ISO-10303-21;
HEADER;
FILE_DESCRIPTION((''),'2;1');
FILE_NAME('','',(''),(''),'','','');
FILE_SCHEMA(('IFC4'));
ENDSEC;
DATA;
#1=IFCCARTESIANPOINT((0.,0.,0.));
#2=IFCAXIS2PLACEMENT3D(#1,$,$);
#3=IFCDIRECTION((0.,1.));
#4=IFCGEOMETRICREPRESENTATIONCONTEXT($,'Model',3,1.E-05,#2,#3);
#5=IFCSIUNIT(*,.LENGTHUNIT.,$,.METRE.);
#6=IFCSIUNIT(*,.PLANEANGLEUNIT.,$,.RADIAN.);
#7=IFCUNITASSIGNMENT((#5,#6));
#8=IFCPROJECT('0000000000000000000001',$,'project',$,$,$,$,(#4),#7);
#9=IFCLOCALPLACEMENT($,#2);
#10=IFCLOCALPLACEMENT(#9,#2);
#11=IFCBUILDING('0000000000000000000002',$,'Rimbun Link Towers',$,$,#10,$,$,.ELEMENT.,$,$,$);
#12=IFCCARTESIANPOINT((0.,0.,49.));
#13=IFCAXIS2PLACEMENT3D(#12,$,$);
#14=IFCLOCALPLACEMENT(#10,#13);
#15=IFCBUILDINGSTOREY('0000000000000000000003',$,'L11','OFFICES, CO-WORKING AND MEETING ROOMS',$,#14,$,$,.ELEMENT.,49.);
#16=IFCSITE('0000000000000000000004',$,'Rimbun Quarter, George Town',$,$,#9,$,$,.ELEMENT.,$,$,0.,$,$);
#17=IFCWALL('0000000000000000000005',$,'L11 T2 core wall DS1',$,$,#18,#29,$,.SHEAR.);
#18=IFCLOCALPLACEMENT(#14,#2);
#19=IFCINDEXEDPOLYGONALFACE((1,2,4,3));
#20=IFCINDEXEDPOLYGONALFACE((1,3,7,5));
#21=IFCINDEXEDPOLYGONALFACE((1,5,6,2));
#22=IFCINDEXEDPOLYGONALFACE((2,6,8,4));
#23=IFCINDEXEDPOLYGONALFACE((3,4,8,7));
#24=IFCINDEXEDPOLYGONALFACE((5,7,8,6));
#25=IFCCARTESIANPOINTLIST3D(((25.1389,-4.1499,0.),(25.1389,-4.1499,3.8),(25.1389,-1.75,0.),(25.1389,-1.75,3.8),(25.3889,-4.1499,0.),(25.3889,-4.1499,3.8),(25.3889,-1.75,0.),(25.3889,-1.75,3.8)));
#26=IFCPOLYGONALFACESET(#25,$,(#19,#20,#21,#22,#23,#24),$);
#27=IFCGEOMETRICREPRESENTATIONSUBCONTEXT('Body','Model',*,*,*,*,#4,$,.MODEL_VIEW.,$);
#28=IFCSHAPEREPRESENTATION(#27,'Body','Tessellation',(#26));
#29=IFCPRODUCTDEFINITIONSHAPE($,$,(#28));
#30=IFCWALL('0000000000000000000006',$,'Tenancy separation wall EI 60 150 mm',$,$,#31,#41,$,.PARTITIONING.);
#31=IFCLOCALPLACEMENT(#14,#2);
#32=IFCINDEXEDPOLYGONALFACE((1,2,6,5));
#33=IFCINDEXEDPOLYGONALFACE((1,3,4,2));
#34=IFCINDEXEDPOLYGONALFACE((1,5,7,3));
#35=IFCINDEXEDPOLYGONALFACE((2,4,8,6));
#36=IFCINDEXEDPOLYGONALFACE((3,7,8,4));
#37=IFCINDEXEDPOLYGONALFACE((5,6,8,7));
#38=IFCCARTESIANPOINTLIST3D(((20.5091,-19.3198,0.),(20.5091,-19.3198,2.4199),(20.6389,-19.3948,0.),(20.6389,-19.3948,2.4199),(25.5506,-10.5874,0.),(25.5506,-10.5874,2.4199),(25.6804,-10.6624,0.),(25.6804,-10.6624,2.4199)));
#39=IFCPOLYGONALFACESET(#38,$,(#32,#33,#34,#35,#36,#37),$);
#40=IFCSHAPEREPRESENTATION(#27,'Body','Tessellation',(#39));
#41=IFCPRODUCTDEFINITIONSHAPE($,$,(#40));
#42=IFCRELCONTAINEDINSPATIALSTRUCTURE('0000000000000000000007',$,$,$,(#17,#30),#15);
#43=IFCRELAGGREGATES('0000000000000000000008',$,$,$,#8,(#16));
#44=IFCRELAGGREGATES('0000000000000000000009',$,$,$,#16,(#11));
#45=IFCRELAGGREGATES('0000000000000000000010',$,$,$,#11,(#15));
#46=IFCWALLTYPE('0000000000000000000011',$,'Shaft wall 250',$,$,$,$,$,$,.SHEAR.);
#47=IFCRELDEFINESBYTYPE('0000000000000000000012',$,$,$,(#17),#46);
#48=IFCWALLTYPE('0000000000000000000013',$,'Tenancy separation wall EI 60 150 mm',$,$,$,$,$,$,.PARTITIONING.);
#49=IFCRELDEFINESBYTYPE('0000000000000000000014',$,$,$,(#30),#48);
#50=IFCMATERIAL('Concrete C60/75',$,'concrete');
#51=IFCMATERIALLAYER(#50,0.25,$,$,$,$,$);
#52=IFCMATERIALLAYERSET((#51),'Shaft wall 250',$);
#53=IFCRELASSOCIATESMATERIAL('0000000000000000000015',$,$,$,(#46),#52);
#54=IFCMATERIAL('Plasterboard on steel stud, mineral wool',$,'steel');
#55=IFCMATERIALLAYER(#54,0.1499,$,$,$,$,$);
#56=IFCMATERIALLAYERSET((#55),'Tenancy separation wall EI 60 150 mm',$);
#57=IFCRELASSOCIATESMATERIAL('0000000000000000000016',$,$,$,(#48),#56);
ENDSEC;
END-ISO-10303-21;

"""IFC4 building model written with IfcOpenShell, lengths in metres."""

from ifc_helpers import new_model, si_unit, direction, frame, frame_2d, origin, place, context, subcontext, project, spatial, rectangle, extrude, material, layer, layer_set, type_object, element, save


model = new_model("IFC4")

# Units and contexts
model_context = context("Model", 3, precision=1e-05, world=origin(), true_north=direction((0.0, 1.0)))
body_context = subcontext(model_context, "Body", "Model", "MODEL_VIEW")
ifc_project = project(units=[si_unit("LENGTHUNIT", "METRE"), si_unit("PLANEANGLEUNIT", "RADIAN")], contexts=[model_context])

# Site, building, storey
site_placement = place(None, origin())
site = spatial("IfcSite", under=ifc_project, at=site_placement, Name="Rimbun Quarter, George Town", CompositionType="ELEMENT", RefElevation=0.0)
building_placement = place(site_placement, origin())
building = spatial("IfcBuilding", under=site, at=building_placement, Name="Rimbun Link Towers", CompositionType="ELEMENT")
storey_placement = place(building_placement, frame((0.0, 0.0, 49.0)))
storey = spatial("IfcBuildingStorey", under=building, at=storey_placement, Name="L11", Description="OFFICES, CO-WORKING AND MEETING ROOMS", CompositionType="ELEMENT", Elevation=49.0)

# Shared definitions
ifc_material_1 = material(Name="Concrete C60/75", Category="concrete")
ifc_layer_1 = layer(ifc_material_1, 0.25)
ifc_layer_set_1 = layer_set([ifc_layer_1], Name="Shaft wall 250")
wall_type_1 = type_object("IfcWallType", Name="Shaft wall 250", PredefinedType="SHEAR", material=ifc_layer_set_1)

# Walls
for number, where, z_axis, x_axis, name in (
    (1, (25.2639, -4.1499, 0.0), (0.0, 0.0, 1.0), (0.0, 1.0, 0.0), "L11 T2 core wall DS1"),
):
    element("IfcWall", number, at=place(storey_placement, frame(where, z_axis=z_axis, x_axis=x_axis)), inside=storey, type_object=wall_type_1, Name=name, PredefinedType="SHEAR", context=body_context, shape_type="SweptSolid", body=[
        extrude(rectangle(XDim=2.3999, YDim=0.25, at=frame_2d((1.2, 0.0))), origin(), (0.0, 0.0, 1.0), 3.8),
    ])
ifc_material_2 = material(Name="Plasterboard on steel stud, mineral wool", Category="steel")
ifc_layer_2 = layer(ifc_material_2, 0.1499)
ifc_layer_set_2 = layer_set([ifc_layer_2], Name="Tenancy separation wall EI 60 150 mm")
wall_type_2 = type_object("IfcWallType", Name="Tenancy separation wall EI 60 150 mm", PredefinedType="PARTITIONING", material=ifc_layer_set_2)
wall_1_placement = place(storey_placement, frame((25.6155, -10.625, 0.0), z_axis=(0.0, 0.0, 1.0), x_axis=(-0.499988, -0.866032, 0.0)))
element("IfcWall", 2, at=wall_1_placement, inside=storey, type_object=wall_type_2, Name="Tenancy separation wall EI 60 150 mm", PredefinedType="PARTITIONING", context=body_context, shape_type="SweptSolid", body=[
    extrude(rectangle(XDim=10.0833, YDim=0.1499, at=frame_2d((5.0415, 0.0))), origin(), (0.0, 0.0, 1.0), 2.4199),
])

save(model, "model.ifc")
